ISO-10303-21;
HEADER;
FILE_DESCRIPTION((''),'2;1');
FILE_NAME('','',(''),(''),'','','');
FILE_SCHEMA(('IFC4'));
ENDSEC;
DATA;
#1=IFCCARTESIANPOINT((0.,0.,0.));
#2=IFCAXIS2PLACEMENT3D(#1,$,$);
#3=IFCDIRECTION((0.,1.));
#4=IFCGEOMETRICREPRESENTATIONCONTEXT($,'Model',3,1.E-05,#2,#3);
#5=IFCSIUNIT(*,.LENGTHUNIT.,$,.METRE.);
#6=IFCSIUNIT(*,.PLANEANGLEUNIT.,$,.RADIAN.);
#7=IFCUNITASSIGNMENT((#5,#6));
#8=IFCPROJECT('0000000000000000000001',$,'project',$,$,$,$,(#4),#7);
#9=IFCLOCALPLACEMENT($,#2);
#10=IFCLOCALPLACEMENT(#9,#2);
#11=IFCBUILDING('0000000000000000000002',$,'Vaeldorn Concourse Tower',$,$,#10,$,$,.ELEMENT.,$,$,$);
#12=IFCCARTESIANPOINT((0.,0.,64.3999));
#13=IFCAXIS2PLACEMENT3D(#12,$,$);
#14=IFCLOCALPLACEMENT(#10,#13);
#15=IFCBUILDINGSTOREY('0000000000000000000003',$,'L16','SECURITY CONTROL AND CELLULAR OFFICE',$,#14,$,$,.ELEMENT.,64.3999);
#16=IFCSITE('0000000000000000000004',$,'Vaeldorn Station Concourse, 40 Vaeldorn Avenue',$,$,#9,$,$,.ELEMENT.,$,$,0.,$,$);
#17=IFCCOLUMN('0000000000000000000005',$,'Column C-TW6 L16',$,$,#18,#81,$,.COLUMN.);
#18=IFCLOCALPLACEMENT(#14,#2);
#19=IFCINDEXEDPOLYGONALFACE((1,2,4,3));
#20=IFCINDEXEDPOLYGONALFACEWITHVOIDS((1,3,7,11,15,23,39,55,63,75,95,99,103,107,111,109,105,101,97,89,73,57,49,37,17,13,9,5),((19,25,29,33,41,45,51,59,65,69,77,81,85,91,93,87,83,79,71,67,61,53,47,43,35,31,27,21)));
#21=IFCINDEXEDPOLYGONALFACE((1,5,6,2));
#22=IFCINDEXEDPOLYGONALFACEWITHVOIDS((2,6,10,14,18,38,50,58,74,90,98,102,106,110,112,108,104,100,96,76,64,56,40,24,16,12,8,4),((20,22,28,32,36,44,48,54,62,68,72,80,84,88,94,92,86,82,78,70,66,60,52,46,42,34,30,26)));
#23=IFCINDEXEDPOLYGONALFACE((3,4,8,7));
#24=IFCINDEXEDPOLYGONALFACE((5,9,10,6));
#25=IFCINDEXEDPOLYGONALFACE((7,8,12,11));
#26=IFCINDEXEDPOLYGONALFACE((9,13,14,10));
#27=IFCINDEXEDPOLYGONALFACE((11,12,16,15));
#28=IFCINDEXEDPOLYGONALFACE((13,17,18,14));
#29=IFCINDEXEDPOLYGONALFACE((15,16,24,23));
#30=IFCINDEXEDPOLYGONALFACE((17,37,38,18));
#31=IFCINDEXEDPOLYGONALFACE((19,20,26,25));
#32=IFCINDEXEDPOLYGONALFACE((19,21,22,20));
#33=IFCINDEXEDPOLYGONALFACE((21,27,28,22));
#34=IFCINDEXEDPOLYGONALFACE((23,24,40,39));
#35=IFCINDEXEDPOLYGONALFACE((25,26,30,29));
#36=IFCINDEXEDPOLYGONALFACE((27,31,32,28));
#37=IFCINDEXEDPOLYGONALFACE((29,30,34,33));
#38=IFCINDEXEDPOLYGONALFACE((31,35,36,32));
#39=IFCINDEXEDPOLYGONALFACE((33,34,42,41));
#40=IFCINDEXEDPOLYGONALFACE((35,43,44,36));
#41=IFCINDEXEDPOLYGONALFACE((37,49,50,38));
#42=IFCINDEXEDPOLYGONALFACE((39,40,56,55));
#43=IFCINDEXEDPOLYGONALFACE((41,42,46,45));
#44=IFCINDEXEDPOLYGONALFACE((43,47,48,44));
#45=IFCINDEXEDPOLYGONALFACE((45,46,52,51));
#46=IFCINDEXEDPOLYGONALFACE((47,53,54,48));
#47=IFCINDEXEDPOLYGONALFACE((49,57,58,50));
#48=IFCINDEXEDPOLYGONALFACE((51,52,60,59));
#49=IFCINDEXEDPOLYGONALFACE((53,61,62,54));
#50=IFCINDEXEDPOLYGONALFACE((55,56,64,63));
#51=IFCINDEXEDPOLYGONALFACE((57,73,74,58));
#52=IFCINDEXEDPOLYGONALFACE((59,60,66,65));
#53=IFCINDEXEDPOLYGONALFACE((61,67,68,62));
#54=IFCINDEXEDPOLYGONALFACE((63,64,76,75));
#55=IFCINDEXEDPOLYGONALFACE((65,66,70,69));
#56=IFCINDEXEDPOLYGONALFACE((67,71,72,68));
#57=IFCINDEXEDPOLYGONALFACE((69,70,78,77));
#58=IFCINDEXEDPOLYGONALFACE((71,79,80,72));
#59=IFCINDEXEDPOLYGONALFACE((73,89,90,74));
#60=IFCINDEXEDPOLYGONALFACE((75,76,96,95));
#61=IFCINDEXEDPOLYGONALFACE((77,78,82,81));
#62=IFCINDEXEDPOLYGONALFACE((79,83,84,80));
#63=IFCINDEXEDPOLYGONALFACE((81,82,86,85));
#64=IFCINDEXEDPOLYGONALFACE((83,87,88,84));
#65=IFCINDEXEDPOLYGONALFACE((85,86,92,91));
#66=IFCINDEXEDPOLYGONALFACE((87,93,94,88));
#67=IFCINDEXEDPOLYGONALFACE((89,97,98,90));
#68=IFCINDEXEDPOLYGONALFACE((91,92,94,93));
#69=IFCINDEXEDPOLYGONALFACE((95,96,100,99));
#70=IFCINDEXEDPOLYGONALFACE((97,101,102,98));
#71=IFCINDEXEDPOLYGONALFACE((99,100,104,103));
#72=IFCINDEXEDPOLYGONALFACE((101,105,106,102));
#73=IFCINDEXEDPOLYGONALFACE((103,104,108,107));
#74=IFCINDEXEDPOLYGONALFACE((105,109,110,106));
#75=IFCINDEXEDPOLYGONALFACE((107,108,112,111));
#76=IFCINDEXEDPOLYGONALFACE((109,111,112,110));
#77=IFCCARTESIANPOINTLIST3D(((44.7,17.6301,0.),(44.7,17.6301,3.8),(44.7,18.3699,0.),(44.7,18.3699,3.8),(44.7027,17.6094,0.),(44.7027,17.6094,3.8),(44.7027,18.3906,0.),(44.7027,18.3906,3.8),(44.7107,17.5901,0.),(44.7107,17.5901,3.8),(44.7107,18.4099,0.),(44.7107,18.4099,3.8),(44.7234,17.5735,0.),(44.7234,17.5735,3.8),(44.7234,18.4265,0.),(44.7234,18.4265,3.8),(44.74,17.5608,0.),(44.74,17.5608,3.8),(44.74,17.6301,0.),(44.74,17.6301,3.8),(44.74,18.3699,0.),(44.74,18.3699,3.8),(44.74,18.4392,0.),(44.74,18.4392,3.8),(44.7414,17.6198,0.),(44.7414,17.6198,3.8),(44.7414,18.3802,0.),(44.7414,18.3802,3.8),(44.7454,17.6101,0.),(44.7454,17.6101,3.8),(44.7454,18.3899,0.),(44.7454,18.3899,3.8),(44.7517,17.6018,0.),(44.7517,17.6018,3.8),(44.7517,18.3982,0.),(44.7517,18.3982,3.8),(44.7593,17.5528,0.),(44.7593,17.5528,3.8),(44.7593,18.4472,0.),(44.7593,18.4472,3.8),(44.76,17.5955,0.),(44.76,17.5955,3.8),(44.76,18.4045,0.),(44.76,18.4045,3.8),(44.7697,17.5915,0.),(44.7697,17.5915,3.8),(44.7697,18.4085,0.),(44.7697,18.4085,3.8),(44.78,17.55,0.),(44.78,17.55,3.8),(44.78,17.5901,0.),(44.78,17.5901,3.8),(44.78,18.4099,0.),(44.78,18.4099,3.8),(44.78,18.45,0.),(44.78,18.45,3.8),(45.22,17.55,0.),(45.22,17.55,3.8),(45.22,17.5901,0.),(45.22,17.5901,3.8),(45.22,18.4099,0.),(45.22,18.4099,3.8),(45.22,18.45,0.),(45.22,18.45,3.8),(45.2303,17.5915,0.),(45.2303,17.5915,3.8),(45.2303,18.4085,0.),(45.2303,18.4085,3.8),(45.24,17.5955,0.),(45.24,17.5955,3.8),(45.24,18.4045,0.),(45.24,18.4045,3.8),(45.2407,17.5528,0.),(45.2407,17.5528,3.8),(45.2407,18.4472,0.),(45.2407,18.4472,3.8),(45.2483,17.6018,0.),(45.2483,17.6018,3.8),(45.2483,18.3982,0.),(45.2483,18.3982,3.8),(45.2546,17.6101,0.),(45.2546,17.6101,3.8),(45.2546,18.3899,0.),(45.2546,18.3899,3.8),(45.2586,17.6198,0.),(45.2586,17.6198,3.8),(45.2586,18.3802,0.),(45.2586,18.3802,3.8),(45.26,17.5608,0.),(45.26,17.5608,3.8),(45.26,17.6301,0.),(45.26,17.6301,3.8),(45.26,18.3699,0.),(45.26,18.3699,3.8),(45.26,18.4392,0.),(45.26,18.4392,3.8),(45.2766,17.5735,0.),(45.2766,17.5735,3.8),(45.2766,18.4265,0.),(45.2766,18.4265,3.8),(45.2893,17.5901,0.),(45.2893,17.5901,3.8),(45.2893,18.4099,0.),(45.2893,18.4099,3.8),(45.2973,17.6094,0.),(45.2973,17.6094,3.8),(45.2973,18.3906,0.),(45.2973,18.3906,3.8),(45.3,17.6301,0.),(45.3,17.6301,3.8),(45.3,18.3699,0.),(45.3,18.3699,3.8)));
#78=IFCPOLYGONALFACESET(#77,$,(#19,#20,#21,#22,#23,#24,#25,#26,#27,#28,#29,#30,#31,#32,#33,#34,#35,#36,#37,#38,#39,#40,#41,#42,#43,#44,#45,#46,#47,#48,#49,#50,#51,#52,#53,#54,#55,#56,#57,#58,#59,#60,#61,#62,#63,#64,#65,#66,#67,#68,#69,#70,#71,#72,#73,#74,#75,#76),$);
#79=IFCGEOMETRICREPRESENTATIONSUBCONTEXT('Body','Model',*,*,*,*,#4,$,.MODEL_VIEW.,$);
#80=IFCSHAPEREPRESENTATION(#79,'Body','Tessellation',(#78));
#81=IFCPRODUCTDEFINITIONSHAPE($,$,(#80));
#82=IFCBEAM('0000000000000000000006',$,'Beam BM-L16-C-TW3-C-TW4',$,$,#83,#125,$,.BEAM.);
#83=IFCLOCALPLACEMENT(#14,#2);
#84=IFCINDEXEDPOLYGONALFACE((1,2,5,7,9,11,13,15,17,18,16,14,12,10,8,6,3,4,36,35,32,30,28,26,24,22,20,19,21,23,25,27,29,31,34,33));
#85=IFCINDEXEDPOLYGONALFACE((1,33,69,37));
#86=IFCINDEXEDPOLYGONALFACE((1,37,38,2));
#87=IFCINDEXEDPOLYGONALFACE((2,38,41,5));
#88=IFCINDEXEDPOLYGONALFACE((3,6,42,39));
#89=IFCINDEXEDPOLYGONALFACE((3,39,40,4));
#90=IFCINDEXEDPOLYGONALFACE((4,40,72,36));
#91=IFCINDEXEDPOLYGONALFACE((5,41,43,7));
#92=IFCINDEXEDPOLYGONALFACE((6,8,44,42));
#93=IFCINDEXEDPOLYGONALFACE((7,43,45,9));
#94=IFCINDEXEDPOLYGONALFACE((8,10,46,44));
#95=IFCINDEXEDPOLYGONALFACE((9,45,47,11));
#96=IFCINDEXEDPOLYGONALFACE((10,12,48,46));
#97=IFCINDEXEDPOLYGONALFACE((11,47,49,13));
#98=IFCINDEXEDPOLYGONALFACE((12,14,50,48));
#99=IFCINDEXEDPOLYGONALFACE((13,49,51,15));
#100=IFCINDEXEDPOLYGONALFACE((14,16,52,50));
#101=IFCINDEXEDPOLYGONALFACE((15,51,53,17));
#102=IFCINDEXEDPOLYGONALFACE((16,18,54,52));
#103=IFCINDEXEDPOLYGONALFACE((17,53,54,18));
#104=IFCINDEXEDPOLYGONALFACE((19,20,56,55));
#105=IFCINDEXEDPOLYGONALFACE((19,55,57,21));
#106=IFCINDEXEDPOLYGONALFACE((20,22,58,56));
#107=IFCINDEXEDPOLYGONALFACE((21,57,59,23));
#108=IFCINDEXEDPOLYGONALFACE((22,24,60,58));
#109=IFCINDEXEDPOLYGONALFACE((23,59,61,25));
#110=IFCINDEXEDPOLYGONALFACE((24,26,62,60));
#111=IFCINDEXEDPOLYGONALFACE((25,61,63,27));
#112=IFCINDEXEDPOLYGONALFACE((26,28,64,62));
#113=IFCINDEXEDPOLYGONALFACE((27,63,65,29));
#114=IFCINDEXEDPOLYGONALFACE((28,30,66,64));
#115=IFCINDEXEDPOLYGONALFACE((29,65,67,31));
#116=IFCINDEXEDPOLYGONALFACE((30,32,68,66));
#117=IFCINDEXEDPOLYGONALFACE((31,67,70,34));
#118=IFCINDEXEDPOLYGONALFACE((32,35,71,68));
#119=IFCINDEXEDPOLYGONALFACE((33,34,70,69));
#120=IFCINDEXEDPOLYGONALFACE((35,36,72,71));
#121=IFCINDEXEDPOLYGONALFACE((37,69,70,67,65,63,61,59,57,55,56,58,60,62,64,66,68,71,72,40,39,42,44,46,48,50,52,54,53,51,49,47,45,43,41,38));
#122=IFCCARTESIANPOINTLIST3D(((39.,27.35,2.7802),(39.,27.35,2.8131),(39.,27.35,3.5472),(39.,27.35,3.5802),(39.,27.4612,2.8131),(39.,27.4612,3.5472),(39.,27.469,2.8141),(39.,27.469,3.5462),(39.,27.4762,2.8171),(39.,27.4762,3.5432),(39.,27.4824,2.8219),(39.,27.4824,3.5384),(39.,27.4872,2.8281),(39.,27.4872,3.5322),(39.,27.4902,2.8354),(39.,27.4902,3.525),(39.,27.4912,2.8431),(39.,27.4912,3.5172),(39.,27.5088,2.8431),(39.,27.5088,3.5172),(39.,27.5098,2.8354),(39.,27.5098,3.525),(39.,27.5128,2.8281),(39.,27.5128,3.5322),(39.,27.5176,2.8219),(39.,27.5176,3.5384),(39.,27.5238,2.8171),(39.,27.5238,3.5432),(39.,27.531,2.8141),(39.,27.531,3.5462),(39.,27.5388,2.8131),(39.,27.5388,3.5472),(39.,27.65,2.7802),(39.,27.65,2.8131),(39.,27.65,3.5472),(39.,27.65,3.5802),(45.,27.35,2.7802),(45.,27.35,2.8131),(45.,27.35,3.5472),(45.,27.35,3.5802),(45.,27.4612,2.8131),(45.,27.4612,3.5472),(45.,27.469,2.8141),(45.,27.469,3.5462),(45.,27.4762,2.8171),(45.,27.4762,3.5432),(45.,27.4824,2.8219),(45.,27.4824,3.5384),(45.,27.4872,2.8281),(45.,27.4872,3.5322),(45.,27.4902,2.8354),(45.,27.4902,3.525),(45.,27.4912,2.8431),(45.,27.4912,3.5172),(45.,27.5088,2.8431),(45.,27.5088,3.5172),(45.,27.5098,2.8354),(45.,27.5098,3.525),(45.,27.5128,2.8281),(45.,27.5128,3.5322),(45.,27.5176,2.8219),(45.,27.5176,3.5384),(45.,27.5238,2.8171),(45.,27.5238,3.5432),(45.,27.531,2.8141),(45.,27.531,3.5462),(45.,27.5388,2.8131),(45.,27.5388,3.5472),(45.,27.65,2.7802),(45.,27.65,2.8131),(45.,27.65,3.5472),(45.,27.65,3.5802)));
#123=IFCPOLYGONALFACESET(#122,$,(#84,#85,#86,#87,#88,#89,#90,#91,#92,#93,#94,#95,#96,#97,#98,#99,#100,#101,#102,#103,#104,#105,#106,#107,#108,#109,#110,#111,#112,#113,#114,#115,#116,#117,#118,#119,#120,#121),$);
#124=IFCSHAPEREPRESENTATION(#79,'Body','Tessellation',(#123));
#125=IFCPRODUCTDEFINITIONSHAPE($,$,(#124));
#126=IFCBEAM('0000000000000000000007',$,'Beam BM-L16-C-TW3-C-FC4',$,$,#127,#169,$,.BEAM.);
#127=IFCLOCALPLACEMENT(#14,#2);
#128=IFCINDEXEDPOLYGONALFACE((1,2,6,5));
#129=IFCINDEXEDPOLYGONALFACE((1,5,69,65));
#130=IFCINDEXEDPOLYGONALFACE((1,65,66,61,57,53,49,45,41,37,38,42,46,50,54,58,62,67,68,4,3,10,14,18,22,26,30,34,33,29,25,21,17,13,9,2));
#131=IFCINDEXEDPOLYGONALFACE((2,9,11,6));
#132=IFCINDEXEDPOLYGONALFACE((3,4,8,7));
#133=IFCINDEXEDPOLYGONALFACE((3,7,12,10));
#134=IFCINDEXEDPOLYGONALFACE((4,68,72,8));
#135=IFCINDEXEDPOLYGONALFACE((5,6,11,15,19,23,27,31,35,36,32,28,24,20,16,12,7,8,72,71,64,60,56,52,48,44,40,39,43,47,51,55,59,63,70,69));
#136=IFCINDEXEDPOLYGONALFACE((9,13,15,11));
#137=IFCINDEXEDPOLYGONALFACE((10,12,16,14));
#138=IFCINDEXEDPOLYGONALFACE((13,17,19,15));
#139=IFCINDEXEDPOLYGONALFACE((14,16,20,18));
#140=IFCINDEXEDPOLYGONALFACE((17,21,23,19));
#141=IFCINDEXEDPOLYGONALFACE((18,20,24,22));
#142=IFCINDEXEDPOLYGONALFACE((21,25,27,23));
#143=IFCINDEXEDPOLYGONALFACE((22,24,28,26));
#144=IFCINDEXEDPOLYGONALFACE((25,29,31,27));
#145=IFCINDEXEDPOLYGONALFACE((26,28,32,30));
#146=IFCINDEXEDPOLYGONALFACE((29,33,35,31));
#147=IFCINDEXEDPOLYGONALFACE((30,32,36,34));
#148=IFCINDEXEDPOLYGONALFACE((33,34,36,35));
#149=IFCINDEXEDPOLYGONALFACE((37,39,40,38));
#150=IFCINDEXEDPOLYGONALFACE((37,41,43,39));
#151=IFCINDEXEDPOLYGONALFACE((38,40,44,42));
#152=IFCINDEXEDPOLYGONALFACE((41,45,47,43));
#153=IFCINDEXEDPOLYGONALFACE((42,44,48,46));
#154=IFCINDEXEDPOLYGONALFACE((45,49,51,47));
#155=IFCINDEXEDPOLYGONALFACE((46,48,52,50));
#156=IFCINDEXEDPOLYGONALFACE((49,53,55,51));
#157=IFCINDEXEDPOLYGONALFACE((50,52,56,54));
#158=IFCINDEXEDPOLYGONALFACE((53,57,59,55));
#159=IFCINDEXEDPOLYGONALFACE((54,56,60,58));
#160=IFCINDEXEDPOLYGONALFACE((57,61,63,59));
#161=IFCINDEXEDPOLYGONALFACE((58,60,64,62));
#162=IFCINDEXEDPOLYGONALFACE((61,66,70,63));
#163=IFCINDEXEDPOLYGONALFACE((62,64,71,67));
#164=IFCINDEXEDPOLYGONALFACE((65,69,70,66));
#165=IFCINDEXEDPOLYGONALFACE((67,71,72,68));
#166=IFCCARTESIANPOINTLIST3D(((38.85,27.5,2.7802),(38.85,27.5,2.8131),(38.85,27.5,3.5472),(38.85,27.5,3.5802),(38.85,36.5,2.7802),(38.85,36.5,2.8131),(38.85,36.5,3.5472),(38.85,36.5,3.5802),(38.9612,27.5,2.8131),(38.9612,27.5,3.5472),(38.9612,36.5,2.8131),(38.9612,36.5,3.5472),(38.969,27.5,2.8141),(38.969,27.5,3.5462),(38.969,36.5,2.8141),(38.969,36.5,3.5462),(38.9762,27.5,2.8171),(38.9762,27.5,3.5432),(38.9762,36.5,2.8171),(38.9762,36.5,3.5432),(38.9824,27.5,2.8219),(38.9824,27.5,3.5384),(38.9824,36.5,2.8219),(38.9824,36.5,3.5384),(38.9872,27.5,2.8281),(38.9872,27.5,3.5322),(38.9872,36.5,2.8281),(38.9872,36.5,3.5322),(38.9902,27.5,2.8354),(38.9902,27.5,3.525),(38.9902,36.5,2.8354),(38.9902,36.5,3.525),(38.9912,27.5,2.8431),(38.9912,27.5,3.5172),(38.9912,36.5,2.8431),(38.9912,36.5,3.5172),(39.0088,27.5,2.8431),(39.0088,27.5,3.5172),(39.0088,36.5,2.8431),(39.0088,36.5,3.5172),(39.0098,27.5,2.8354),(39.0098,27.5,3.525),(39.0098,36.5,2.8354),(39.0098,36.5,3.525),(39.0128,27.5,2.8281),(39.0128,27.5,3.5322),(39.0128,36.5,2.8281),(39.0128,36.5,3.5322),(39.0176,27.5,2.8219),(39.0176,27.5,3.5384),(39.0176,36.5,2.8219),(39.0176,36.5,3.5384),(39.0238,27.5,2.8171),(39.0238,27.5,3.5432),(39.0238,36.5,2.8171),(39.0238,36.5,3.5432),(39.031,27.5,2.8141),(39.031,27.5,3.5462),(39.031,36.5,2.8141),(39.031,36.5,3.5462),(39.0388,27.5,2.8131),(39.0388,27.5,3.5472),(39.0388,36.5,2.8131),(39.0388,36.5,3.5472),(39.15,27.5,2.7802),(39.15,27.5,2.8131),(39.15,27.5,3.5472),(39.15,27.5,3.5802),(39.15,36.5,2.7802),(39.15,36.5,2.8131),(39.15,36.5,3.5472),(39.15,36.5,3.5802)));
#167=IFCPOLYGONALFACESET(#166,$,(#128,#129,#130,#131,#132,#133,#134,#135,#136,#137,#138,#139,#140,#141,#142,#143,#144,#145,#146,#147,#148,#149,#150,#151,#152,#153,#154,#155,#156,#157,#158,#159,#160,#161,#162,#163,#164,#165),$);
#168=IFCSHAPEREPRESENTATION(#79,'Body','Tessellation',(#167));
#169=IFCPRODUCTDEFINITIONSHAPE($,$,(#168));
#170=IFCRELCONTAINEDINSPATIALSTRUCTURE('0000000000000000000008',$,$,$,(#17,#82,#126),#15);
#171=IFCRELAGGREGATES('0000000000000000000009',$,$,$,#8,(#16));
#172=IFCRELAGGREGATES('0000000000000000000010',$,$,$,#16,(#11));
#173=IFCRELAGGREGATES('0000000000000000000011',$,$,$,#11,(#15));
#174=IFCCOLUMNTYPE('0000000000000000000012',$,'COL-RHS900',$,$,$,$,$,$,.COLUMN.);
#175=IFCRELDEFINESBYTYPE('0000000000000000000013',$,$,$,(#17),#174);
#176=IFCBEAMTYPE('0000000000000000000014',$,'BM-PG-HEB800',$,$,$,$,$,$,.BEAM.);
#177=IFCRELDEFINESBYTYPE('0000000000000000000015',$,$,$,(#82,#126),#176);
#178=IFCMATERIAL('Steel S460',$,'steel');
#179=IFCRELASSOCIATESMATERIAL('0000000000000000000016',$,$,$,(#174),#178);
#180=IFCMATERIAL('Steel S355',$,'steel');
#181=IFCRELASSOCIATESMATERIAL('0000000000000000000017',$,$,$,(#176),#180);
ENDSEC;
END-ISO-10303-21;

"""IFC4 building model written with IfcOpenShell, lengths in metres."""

from ifc_helpers import new_model, si_unit, direction, frame, origin, origin_2d, place, context, subcontext, project, spatial, hollow_rectangle, i_section, extrude, source, transform, mapped, material, material_profile, profile_set, type_object, element, save


model = new_model("IFC4")

# Units and contexts
model_context = context("Model", 3, precision=1e-05, world=origin(), true_north=direction((0.0, 1.0)))
body_context = subcontext(model_context, "Body", "Model", "MODEL_VIEW")
ifc_project = project(units=[si_unit("LENGTHUNIT", "METRE"), si_unit("PLANEANGLEUNIT", "RADIAN")], contexts=[model_context])

# Site, building, storey
site_placement = place(None, origin())
site = spatial("IfcSite", under=ifc_project, at=site_placement, Name="Vaeldorn Station Concourse, 40 Vaeldorn Avenue", CompositionType="ELEMENT", RefElevation=0.0)
building_placement = place(site_placement, origin())
building = spatial("IfcBuilding", under=site, at=building_placement, Name="Vaeldorn Concourse Tower", CompositionType="ELEMENT")
storey_placement = place(building_placement, frame((0.0, 0.0, 64.3999)))
storey = spatial("IfcBuildingStorey", under=building, at=storey_placement, Name="L16", Description="SECURITY CONTROL AND CELLULAR OFFICE", CompositionType="ELEMENT", Elevation=64.3999)

# Column
ifc_material_1 = material(Name="Steel S460", Category="steel")
ifc_material_profile_1 = material_profile(ifc_material_1, hollow_rectangle(XDim=0.6001, YDim=0.8999, WallThickness=0.04, InnerFilletRadius=0.04, OuterFilletRadius=0.0801, at=origin_2d()), Name="RHS 900x600x40")
ifc_profile_set_1 = profile_set([ifc_material_profile_1], Name="Steel S460")
column_type_1 = type_object("IfcColumnType", Name="COL-RHS900", PredefinedType="COLUMN", material=ifc_profile_set_1)
shared_shape_1 = source(origin(), body_context, "Body", "SweptSolid", [
    extrude(hollow_rectangle(XDim=0.6001, YDim=0.8999, WallThickness=0.04, InnerFilletRadius=0.04, OuterFilletRadius=0.0801, at=origin_2d()), origin(), (0.0, 0.0, 1.0), 3.8),
])
for number, where, z_axis, x_axis, name in (
    (1, (45.0, 18.0, 0.0), (0.0, 0.0, 1.0), (1.0, 0.0, 0.0), "Column C-TW6 L16"),
):
    element("IfcColumn", number, at=place(storey_placement, frame(where, z_axis=z_axis, x_axis=x_axis)), inside=storey, type_object=column_type_1, Name=name, PredefinedType="COLUMN", context=body_context, shape_type="MappedRepresentation", body=[
        mapped(shared_shape_1, transform((0.0, 0.0, 0.0), scale=1.0)),
    ])

# Beams
ifc_material_2 = material(Name="Steel S355", Category="steel")
ifc_material_profile_2 = material_profile(ifc_material_2, i_section(OverallWidth=0.3, OverallDepth=0.8, WebThickness=0.0176, FlangeThickness=0.033, FilletRadius=0.03, at=origin_2d()), Name="HEB 800")
ifc_profile_set_2 = profile_set([ifc_material_profile_2], Name="Steel S355")
beam_type_1 = type_object("IfcBeamType", Name="BM-PG-HEB800", PredefinedType="BEAM", material=ifc_profile_set_2)
shared_shape_2 = source(origin(), body_context, "Body", "SweptSolid", [
    extrude(i_section(OverallWidth=0.3, OverallDepth=0.8, WebThickness=0.0176, FlangeThickness=0.033, FilletRadius=0.03, at=origin_2d()), origin(), (0.0, 0.0, 1.0), 6.0),
])
beam_1_placement = place(storey_placement, frame((39.0, 27.5, 3.1802), z_axis=(1.0, 0.0, 0.0), x_axis=(0.0, 1.0, 0.0)))
element("IfcBeam", 2, at=beam_1_placement, inside=storey, type_object=beam_type_1, Name="Beam BM-L16-C-TW3-C-TW4", PredefinedType="BEAM", context=body_context, shape_type="MappedRepresentation", body=[
    mapped(shared_shape_2, transform((0.0, 0.0, 0.0), scale=1.0)),
])
shared_shape_3 = source(origin(), body_context, "Body", "SweptSolid", [
    extrude(i_section(OverallWidth=0.3, OverallDepth=0.8, WebThickness=0.0176, FlangeThickness=0.033, FilletRadius=0.03, at=origin_2d()), origin(), (0.0, 0.0, 1.0), 9.0),
])
for number, where, z_axis, x_axis, name in (
    (3, (39.0, 27.5, 3.1802), (0.0, 1.0, 0.0), (-1.0, 0.0, 0.0), "Beam BM-L16-C-TW3-C-FC4"),
):
    element("IfcBeam", number, at=place(storey_placement, frame(where, z_axis=z_axis, x_axis=x_axis)), inside=storey, type_object=beam_type_1, Name=name, PredefinedType="BEAM", context=body_context, shape_type="MappedRepresentation", body=[
        mapped(shared_shape_3, transform((0.0, 0.0, 0.0), scale=1.0)),
    ])

save(model, "model.ifc")
